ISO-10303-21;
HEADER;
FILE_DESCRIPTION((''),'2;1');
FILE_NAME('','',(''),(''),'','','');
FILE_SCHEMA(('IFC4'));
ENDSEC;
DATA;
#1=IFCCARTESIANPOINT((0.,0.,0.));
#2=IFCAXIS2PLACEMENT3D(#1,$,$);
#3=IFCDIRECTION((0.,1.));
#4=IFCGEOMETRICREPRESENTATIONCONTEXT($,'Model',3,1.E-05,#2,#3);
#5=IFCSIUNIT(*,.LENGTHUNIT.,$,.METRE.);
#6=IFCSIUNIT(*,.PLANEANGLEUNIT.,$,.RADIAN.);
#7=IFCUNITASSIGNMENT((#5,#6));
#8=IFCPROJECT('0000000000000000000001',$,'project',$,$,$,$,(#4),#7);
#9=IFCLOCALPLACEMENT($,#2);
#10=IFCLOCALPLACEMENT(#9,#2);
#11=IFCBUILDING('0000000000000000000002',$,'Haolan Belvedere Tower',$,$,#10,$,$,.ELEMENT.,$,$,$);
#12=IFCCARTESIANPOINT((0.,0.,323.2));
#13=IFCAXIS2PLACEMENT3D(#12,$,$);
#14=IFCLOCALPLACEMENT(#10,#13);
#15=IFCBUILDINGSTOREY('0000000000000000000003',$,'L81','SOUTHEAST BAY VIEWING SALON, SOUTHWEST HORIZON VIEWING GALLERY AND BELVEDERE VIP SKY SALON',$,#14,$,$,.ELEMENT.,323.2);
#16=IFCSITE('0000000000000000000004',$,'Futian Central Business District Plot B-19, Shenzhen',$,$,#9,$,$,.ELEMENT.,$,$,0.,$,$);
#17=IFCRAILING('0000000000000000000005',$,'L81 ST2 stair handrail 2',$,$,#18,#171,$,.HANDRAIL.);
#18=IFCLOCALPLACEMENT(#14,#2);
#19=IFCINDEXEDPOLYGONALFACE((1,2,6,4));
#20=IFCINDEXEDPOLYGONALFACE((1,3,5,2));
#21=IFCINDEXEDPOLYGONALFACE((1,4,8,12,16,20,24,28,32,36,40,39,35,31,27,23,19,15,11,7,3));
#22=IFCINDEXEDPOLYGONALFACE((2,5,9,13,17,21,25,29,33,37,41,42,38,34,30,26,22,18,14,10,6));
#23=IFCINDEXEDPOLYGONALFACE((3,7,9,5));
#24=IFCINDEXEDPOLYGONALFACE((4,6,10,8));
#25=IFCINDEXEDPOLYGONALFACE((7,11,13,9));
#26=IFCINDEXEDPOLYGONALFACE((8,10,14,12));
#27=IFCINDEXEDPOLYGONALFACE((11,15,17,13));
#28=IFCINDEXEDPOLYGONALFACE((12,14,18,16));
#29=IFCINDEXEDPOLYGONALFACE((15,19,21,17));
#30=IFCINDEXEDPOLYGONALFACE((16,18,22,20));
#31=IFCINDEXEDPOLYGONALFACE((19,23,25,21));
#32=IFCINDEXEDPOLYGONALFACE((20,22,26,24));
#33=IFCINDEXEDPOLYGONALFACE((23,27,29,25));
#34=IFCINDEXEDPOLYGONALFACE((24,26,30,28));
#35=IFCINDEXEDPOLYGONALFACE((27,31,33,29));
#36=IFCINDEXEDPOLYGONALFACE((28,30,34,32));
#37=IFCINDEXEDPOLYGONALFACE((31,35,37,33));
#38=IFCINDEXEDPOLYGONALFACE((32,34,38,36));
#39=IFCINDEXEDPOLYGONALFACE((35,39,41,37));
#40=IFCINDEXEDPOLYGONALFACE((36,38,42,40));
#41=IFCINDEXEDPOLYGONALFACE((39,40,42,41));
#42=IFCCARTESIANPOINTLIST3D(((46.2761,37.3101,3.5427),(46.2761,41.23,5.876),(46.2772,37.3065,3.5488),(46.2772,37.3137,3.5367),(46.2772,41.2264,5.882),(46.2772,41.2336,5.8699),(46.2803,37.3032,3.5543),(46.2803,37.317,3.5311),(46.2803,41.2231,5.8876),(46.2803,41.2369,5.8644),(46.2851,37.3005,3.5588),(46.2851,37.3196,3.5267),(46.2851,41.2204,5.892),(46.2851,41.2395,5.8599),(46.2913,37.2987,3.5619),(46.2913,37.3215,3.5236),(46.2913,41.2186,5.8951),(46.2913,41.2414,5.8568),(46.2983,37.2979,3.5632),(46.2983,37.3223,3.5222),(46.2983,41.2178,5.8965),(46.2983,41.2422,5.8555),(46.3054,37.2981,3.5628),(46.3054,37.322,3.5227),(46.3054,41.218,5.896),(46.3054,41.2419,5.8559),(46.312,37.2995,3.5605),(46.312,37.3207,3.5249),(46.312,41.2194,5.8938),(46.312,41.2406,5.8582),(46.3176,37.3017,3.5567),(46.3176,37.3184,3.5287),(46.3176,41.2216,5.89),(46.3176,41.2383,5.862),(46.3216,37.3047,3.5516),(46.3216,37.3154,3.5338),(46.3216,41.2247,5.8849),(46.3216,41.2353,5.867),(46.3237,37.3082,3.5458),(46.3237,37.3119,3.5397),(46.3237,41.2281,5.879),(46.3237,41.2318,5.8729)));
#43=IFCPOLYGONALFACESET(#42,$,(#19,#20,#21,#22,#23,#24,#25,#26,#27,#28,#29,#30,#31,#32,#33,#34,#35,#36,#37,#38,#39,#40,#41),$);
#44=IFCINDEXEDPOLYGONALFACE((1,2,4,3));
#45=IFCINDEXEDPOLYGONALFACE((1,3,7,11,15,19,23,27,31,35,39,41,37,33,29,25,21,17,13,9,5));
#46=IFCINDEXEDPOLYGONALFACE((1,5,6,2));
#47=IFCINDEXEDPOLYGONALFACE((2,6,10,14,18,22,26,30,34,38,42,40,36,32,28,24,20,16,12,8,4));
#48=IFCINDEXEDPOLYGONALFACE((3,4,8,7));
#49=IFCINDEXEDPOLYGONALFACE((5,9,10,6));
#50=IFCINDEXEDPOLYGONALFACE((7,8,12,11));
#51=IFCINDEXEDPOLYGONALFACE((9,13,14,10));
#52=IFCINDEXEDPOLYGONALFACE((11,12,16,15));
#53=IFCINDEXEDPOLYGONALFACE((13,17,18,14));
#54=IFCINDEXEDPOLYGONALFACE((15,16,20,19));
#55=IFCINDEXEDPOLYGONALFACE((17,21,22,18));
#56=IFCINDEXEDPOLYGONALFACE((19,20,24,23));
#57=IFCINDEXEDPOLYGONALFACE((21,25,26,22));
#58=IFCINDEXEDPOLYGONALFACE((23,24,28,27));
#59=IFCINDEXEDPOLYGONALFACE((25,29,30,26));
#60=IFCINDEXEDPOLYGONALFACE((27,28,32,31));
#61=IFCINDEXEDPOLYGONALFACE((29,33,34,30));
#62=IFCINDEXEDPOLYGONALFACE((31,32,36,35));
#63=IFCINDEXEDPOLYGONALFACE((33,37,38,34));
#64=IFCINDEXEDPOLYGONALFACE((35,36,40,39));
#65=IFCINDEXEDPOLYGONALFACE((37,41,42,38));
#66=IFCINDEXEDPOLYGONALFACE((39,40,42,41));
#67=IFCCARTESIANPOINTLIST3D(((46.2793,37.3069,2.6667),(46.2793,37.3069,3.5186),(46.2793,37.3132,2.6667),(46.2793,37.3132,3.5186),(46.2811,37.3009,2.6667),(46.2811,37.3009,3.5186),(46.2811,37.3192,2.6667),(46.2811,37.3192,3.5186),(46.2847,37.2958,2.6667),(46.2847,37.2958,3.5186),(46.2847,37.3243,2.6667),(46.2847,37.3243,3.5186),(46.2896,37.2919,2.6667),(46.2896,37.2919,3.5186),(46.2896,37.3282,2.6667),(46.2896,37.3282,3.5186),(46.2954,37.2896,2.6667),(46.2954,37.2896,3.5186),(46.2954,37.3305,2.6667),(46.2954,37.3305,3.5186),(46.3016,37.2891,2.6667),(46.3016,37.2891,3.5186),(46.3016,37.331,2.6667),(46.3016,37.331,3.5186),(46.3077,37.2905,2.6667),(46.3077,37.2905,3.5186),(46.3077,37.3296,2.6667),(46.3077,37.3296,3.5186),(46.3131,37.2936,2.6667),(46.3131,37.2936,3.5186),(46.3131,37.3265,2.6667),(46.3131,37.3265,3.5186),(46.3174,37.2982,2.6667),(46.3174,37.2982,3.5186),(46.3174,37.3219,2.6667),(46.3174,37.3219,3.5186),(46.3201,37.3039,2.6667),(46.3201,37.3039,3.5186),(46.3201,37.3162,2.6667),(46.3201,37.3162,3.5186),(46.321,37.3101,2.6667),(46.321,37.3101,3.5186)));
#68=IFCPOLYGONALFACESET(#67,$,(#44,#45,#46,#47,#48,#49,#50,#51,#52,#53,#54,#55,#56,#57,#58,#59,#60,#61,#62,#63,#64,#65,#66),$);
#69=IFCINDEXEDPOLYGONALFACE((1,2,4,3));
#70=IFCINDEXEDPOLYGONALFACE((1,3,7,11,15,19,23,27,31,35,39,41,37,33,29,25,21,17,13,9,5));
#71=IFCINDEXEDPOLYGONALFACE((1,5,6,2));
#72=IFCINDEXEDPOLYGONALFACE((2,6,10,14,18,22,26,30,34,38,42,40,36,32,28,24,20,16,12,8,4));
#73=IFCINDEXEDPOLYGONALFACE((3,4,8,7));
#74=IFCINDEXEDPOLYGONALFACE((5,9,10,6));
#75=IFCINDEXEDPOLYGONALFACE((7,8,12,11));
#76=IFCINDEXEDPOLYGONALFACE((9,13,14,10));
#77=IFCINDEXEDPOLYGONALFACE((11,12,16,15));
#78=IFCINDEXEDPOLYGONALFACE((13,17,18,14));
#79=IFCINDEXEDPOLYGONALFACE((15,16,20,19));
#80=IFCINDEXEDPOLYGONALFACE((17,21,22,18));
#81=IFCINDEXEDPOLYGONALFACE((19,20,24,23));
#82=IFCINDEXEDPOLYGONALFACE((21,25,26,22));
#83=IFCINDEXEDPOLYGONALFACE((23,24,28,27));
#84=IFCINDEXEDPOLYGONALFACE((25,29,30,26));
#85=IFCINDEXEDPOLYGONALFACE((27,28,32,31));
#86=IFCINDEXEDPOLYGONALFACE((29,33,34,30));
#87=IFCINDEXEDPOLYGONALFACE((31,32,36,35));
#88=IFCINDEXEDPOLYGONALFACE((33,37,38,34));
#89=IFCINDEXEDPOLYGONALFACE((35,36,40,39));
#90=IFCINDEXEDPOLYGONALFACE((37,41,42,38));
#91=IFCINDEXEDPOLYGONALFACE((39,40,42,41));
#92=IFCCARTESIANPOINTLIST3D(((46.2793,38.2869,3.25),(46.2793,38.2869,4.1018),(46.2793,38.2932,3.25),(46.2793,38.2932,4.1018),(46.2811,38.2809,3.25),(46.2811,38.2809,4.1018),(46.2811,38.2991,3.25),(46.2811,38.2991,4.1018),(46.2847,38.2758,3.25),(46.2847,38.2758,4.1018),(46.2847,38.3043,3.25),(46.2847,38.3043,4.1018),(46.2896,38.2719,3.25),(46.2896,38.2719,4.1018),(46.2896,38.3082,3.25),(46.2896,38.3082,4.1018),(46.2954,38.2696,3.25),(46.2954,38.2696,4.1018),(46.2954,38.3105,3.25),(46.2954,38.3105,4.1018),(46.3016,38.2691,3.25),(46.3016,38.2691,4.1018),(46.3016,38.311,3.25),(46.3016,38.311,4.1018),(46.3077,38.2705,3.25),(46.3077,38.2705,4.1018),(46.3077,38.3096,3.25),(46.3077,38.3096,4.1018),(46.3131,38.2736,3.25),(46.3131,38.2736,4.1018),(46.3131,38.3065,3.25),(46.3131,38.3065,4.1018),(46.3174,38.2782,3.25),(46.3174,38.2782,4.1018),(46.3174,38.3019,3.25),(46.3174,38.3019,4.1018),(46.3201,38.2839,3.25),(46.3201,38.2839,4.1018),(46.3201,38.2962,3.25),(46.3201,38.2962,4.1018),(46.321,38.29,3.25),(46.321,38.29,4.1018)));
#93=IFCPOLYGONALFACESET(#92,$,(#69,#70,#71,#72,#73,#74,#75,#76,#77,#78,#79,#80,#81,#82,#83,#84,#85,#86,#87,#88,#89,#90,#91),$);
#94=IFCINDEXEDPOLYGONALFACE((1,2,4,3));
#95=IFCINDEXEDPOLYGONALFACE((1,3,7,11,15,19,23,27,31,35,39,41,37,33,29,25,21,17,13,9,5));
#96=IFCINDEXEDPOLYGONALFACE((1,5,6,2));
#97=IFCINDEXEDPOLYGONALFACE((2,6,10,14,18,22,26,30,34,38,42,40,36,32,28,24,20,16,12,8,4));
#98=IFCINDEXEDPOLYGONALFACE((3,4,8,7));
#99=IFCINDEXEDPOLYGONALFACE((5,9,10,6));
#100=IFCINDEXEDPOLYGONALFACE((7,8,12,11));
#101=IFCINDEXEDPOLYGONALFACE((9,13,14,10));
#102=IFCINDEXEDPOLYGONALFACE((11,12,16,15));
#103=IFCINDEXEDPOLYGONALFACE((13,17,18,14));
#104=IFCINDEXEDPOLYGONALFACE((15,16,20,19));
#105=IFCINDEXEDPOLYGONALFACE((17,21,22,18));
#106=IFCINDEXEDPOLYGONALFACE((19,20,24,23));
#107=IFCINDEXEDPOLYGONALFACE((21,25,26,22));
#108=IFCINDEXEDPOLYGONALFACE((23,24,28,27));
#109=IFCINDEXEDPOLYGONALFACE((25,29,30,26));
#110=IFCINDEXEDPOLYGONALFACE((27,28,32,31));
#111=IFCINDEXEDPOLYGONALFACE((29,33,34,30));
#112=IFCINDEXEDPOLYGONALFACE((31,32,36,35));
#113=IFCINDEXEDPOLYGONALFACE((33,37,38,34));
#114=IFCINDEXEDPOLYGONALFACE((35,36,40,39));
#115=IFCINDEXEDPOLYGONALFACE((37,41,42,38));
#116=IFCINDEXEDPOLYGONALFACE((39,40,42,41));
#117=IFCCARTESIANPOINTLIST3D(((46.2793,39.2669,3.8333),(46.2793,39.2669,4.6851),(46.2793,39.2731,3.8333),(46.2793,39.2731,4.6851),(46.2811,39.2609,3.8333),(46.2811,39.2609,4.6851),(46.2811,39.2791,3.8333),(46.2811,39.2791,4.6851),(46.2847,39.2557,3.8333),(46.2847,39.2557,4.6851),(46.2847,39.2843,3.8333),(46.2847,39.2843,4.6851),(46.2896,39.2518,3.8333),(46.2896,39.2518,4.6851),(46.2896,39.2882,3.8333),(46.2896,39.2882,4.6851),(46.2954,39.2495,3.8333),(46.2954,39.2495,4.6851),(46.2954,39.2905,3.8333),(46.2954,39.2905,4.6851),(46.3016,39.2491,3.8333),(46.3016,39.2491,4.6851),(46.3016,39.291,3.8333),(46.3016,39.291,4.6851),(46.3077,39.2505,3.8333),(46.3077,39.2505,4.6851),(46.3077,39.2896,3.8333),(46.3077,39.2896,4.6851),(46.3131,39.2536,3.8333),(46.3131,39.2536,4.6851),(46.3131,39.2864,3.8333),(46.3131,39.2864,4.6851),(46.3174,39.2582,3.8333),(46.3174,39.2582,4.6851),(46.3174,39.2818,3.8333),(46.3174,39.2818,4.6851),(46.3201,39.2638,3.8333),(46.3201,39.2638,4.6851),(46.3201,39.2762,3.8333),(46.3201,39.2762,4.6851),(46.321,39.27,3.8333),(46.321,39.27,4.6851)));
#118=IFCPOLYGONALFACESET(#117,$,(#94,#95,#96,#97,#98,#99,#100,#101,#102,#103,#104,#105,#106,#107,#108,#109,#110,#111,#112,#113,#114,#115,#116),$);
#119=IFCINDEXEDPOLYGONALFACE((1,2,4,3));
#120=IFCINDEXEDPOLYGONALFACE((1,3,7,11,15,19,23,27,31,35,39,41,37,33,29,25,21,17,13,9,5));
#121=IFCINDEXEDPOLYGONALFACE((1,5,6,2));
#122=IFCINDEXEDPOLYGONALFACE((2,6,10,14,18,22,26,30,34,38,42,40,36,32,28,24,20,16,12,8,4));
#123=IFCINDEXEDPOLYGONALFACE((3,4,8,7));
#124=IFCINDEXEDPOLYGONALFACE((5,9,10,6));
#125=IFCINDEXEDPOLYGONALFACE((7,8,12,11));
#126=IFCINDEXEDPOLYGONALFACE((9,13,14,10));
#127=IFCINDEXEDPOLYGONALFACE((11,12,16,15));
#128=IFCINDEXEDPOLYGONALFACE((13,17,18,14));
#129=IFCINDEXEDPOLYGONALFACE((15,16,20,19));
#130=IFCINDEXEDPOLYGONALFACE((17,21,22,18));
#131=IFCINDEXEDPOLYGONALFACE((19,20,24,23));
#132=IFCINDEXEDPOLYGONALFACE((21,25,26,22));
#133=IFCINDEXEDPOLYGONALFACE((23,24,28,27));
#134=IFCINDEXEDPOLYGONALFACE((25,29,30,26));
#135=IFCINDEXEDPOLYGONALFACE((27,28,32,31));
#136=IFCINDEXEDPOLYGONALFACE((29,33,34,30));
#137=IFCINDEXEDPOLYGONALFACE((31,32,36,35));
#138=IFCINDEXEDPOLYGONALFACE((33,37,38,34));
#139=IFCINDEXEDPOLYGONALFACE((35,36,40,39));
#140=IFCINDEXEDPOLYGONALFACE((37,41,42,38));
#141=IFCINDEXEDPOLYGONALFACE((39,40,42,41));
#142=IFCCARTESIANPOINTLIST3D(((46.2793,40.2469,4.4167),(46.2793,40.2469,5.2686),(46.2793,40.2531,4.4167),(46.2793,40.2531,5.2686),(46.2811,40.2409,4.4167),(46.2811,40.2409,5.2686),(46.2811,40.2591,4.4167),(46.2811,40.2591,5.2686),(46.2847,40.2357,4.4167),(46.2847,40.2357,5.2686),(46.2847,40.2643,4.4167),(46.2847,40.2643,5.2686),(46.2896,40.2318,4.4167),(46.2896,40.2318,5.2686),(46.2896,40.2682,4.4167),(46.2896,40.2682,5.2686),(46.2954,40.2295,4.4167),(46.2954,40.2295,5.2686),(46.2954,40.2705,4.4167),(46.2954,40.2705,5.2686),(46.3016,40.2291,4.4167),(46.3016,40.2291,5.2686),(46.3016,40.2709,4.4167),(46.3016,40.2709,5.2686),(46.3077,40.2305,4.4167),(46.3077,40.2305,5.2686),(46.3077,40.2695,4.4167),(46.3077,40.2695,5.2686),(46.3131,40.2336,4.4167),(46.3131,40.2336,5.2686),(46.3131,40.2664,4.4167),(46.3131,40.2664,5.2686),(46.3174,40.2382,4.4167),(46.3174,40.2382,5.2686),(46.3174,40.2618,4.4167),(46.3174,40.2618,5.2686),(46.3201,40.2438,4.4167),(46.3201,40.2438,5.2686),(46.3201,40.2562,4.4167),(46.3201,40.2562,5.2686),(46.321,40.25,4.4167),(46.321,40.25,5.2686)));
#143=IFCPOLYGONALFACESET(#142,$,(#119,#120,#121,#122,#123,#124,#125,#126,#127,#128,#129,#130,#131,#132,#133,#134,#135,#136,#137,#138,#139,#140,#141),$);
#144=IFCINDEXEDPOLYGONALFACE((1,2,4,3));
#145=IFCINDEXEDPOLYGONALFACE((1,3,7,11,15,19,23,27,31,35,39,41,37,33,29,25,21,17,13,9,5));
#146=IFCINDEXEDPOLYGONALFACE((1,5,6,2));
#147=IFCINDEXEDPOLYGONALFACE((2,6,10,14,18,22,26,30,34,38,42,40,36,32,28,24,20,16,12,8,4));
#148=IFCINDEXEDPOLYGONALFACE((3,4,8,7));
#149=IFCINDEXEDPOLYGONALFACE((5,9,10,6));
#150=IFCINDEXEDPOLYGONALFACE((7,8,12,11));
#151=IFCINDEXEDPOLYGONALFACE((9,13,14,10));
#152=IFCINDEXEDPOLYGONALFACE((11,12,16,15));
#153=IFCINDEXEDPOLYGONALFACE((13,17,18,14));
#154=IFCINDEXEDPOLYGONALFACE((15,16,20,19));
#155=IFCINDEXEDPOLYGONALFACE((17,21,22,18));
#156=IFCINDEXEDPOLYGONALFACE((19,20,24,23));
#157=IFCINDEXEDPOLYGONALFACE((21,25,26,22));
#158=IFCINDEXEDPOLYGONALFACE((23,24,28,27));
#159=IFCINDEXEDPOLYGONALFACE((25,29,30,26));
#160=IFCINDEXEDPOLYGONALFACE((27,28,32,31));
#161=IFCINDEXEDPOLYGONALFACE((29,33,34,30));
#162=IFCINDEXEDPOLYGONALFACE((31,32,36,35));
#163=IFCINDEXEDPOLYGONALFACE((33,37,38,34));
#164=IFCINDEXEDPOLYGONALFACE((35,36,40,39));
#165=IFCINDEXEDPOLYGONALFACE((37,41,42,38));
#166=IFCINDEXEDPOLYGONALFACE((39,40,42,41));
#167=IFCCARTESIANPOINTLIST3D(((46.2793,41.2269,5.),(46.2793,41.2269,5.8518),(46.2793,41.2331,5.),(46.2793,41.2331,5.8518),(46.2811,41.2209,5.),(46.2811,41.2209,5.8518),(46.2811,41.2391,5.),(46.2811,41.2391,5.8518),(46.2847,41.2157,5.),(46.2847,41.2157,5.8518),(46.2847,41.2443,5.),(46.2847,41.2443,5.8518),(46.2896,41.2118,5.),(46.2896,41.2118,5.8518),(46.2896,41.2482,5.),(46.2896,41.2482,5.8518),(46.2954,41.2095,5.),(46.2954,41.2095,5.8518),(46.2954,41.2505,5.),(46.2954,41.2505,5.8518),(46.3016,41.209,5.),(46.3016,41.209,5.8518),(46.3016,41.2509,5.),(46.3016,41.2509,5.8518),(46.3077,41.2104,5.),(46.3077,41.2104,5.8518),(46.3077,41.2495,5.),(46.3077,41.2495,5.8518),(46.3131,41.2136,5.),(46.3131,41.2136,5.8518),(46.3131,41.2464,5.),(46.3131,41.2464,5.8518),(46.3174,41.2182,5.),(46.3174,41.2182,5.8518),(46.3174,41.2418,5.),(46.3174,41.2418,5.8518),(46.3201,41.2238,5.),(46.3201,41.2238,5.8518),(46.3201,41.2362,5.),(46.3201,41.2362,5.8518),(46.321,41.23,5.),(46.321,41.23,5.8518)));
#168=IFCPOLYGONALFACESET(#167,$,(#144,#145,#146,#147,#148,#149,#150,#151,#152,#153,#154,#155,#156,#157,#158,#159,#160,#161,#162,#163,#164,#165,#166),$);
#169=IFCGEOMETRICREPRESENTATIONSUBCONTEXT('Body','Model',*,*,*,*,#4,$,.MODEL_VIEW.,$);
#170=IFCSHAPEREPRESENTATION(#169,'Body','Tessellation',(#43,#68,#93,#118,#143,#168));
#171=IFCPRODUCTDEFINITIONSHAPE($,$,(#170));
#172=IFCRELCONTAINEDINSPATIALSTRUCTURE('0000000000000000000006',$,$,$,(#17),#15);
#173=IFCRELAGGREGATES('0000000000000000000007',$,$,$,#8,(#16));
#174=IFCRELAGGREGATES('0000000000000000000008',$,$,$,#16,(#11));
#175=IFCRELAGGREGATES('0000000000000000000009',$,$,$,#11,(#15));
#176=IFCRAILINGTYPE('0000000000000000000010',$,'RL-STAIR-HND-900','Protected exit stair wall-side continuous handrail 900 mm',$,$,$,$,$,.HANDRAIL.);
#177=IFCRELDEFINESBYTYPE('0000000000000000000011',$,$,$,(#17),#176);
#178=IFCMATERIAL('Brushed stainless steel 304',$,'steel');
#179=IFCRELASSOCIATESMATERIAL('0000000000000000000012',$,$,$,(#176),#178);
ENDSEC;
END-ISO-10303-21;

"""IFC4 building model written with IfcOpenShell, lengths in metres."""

from ifc_helpers import new_model, si_unit, direction, frame, origin, origin_2d, place, context, subcontext, project, spatial, circle, extrude, material, type_object, element, save


model = new_model("IFC4")

# Units and contexts
model_context = context("Model", 3, precision=1e-05, world=origin(), true_north=direction((0.0, 1.0)))
body_context = subcontext(model_context, "Body", "Model", "MODEL_VIEW")
ifc_project = project(units=[si_unit("LENGTHUNIT", "METRE"), si_unit("PLANEANGLEUNIT", "RADIAN")], contexts=[model_context])

# Site, building, storey
site_placement = place(None, origin())
site = spatial("IfcSite", under=ifc_project, at=site_placement, Name="Futian Central Business District Plot B-19, Shenzhen", CompositionType="ELEMENT", RefElevation=0.0)
building_placement = place(site_placement, origin())
building = spatial("IfcBuilding", under=site, at=building_placement, Name="Haolan Belvedere Tower", CompositionType="ELEMENT")
storey_placement = place(building_placement, frame((0.0, 0.0, 323.2)))
storey = spatial("IfcBuildingStorey", under=building, at=storey_placement, Name="L81", Description="SOUTHEAST BAY VIEWING SALON, SOUTHWEST HORIZON VIEWING GALLERY AND BELVEDERE VIP SKY SALON", CompositionType="ELEMENT", Elevation=323.2)

# Railing
ifc_material_1 = material(Name="Brushed stainless steel 304", Category="steel")
railing_type_1 = type_object("IfcRailingType", Name="RL-STAIR-HND-900", Description="Protected exit stair wall-side continuous handrail 900 mm", PredefinedType="HANDRAIL", material=ifc_material_1)
for number, where, name in (
    (1, (46.3, 37.3101, 2.6667), "L81 ST2 stair handrail 2"),
):
    element("IfcRailing", number, at=place(storey_placement, frame(where)), inside=storey, type_object=railing_type_1, Name=name, PredefinedType="HANDRAIL", context=body_context, shape_type="SweptSolid", body=[
        extrude(circle(Radius=0.0239, at=origin_2d()), frame((0.0, 0.0, 0.876), z_axis=(0.0, 0.859296, 0.511478), x_axis=(-1.0, 0.0, 0.0)), (0.0, 0.0, 1.0), 4.5618),
        extrude(circle(Radius=0.021, at=origin_2d()), origin(), (0.0, 0.0, 1.0), 0.8518),
        extrude(circle(Radius=0.021, at=origin_2d()), frame((0.0, 0.98, 0.5833)), (0.0, 0.0, 1.0), 0.8518),
        extrude(circle(Radius=0.021, at=origin_2d()), frame((0.0, 1.96, 1.1665)), (0.0, 0.0, 1.0), 0.8518),
        extrude(circle(Radius=0.021, at=origin_2d()), frame((0.0, 2.9399, 1.75)), (0.0, 0.0, 1.0), 0.8518),
        extrude(circle(Radius=0.021, at=origin_2d()), frame((0.0, 3.9199, 2.3333)), (0.0, 0.0, 1.0), 0.8518),
    ])

save(model, "model.ifc")
